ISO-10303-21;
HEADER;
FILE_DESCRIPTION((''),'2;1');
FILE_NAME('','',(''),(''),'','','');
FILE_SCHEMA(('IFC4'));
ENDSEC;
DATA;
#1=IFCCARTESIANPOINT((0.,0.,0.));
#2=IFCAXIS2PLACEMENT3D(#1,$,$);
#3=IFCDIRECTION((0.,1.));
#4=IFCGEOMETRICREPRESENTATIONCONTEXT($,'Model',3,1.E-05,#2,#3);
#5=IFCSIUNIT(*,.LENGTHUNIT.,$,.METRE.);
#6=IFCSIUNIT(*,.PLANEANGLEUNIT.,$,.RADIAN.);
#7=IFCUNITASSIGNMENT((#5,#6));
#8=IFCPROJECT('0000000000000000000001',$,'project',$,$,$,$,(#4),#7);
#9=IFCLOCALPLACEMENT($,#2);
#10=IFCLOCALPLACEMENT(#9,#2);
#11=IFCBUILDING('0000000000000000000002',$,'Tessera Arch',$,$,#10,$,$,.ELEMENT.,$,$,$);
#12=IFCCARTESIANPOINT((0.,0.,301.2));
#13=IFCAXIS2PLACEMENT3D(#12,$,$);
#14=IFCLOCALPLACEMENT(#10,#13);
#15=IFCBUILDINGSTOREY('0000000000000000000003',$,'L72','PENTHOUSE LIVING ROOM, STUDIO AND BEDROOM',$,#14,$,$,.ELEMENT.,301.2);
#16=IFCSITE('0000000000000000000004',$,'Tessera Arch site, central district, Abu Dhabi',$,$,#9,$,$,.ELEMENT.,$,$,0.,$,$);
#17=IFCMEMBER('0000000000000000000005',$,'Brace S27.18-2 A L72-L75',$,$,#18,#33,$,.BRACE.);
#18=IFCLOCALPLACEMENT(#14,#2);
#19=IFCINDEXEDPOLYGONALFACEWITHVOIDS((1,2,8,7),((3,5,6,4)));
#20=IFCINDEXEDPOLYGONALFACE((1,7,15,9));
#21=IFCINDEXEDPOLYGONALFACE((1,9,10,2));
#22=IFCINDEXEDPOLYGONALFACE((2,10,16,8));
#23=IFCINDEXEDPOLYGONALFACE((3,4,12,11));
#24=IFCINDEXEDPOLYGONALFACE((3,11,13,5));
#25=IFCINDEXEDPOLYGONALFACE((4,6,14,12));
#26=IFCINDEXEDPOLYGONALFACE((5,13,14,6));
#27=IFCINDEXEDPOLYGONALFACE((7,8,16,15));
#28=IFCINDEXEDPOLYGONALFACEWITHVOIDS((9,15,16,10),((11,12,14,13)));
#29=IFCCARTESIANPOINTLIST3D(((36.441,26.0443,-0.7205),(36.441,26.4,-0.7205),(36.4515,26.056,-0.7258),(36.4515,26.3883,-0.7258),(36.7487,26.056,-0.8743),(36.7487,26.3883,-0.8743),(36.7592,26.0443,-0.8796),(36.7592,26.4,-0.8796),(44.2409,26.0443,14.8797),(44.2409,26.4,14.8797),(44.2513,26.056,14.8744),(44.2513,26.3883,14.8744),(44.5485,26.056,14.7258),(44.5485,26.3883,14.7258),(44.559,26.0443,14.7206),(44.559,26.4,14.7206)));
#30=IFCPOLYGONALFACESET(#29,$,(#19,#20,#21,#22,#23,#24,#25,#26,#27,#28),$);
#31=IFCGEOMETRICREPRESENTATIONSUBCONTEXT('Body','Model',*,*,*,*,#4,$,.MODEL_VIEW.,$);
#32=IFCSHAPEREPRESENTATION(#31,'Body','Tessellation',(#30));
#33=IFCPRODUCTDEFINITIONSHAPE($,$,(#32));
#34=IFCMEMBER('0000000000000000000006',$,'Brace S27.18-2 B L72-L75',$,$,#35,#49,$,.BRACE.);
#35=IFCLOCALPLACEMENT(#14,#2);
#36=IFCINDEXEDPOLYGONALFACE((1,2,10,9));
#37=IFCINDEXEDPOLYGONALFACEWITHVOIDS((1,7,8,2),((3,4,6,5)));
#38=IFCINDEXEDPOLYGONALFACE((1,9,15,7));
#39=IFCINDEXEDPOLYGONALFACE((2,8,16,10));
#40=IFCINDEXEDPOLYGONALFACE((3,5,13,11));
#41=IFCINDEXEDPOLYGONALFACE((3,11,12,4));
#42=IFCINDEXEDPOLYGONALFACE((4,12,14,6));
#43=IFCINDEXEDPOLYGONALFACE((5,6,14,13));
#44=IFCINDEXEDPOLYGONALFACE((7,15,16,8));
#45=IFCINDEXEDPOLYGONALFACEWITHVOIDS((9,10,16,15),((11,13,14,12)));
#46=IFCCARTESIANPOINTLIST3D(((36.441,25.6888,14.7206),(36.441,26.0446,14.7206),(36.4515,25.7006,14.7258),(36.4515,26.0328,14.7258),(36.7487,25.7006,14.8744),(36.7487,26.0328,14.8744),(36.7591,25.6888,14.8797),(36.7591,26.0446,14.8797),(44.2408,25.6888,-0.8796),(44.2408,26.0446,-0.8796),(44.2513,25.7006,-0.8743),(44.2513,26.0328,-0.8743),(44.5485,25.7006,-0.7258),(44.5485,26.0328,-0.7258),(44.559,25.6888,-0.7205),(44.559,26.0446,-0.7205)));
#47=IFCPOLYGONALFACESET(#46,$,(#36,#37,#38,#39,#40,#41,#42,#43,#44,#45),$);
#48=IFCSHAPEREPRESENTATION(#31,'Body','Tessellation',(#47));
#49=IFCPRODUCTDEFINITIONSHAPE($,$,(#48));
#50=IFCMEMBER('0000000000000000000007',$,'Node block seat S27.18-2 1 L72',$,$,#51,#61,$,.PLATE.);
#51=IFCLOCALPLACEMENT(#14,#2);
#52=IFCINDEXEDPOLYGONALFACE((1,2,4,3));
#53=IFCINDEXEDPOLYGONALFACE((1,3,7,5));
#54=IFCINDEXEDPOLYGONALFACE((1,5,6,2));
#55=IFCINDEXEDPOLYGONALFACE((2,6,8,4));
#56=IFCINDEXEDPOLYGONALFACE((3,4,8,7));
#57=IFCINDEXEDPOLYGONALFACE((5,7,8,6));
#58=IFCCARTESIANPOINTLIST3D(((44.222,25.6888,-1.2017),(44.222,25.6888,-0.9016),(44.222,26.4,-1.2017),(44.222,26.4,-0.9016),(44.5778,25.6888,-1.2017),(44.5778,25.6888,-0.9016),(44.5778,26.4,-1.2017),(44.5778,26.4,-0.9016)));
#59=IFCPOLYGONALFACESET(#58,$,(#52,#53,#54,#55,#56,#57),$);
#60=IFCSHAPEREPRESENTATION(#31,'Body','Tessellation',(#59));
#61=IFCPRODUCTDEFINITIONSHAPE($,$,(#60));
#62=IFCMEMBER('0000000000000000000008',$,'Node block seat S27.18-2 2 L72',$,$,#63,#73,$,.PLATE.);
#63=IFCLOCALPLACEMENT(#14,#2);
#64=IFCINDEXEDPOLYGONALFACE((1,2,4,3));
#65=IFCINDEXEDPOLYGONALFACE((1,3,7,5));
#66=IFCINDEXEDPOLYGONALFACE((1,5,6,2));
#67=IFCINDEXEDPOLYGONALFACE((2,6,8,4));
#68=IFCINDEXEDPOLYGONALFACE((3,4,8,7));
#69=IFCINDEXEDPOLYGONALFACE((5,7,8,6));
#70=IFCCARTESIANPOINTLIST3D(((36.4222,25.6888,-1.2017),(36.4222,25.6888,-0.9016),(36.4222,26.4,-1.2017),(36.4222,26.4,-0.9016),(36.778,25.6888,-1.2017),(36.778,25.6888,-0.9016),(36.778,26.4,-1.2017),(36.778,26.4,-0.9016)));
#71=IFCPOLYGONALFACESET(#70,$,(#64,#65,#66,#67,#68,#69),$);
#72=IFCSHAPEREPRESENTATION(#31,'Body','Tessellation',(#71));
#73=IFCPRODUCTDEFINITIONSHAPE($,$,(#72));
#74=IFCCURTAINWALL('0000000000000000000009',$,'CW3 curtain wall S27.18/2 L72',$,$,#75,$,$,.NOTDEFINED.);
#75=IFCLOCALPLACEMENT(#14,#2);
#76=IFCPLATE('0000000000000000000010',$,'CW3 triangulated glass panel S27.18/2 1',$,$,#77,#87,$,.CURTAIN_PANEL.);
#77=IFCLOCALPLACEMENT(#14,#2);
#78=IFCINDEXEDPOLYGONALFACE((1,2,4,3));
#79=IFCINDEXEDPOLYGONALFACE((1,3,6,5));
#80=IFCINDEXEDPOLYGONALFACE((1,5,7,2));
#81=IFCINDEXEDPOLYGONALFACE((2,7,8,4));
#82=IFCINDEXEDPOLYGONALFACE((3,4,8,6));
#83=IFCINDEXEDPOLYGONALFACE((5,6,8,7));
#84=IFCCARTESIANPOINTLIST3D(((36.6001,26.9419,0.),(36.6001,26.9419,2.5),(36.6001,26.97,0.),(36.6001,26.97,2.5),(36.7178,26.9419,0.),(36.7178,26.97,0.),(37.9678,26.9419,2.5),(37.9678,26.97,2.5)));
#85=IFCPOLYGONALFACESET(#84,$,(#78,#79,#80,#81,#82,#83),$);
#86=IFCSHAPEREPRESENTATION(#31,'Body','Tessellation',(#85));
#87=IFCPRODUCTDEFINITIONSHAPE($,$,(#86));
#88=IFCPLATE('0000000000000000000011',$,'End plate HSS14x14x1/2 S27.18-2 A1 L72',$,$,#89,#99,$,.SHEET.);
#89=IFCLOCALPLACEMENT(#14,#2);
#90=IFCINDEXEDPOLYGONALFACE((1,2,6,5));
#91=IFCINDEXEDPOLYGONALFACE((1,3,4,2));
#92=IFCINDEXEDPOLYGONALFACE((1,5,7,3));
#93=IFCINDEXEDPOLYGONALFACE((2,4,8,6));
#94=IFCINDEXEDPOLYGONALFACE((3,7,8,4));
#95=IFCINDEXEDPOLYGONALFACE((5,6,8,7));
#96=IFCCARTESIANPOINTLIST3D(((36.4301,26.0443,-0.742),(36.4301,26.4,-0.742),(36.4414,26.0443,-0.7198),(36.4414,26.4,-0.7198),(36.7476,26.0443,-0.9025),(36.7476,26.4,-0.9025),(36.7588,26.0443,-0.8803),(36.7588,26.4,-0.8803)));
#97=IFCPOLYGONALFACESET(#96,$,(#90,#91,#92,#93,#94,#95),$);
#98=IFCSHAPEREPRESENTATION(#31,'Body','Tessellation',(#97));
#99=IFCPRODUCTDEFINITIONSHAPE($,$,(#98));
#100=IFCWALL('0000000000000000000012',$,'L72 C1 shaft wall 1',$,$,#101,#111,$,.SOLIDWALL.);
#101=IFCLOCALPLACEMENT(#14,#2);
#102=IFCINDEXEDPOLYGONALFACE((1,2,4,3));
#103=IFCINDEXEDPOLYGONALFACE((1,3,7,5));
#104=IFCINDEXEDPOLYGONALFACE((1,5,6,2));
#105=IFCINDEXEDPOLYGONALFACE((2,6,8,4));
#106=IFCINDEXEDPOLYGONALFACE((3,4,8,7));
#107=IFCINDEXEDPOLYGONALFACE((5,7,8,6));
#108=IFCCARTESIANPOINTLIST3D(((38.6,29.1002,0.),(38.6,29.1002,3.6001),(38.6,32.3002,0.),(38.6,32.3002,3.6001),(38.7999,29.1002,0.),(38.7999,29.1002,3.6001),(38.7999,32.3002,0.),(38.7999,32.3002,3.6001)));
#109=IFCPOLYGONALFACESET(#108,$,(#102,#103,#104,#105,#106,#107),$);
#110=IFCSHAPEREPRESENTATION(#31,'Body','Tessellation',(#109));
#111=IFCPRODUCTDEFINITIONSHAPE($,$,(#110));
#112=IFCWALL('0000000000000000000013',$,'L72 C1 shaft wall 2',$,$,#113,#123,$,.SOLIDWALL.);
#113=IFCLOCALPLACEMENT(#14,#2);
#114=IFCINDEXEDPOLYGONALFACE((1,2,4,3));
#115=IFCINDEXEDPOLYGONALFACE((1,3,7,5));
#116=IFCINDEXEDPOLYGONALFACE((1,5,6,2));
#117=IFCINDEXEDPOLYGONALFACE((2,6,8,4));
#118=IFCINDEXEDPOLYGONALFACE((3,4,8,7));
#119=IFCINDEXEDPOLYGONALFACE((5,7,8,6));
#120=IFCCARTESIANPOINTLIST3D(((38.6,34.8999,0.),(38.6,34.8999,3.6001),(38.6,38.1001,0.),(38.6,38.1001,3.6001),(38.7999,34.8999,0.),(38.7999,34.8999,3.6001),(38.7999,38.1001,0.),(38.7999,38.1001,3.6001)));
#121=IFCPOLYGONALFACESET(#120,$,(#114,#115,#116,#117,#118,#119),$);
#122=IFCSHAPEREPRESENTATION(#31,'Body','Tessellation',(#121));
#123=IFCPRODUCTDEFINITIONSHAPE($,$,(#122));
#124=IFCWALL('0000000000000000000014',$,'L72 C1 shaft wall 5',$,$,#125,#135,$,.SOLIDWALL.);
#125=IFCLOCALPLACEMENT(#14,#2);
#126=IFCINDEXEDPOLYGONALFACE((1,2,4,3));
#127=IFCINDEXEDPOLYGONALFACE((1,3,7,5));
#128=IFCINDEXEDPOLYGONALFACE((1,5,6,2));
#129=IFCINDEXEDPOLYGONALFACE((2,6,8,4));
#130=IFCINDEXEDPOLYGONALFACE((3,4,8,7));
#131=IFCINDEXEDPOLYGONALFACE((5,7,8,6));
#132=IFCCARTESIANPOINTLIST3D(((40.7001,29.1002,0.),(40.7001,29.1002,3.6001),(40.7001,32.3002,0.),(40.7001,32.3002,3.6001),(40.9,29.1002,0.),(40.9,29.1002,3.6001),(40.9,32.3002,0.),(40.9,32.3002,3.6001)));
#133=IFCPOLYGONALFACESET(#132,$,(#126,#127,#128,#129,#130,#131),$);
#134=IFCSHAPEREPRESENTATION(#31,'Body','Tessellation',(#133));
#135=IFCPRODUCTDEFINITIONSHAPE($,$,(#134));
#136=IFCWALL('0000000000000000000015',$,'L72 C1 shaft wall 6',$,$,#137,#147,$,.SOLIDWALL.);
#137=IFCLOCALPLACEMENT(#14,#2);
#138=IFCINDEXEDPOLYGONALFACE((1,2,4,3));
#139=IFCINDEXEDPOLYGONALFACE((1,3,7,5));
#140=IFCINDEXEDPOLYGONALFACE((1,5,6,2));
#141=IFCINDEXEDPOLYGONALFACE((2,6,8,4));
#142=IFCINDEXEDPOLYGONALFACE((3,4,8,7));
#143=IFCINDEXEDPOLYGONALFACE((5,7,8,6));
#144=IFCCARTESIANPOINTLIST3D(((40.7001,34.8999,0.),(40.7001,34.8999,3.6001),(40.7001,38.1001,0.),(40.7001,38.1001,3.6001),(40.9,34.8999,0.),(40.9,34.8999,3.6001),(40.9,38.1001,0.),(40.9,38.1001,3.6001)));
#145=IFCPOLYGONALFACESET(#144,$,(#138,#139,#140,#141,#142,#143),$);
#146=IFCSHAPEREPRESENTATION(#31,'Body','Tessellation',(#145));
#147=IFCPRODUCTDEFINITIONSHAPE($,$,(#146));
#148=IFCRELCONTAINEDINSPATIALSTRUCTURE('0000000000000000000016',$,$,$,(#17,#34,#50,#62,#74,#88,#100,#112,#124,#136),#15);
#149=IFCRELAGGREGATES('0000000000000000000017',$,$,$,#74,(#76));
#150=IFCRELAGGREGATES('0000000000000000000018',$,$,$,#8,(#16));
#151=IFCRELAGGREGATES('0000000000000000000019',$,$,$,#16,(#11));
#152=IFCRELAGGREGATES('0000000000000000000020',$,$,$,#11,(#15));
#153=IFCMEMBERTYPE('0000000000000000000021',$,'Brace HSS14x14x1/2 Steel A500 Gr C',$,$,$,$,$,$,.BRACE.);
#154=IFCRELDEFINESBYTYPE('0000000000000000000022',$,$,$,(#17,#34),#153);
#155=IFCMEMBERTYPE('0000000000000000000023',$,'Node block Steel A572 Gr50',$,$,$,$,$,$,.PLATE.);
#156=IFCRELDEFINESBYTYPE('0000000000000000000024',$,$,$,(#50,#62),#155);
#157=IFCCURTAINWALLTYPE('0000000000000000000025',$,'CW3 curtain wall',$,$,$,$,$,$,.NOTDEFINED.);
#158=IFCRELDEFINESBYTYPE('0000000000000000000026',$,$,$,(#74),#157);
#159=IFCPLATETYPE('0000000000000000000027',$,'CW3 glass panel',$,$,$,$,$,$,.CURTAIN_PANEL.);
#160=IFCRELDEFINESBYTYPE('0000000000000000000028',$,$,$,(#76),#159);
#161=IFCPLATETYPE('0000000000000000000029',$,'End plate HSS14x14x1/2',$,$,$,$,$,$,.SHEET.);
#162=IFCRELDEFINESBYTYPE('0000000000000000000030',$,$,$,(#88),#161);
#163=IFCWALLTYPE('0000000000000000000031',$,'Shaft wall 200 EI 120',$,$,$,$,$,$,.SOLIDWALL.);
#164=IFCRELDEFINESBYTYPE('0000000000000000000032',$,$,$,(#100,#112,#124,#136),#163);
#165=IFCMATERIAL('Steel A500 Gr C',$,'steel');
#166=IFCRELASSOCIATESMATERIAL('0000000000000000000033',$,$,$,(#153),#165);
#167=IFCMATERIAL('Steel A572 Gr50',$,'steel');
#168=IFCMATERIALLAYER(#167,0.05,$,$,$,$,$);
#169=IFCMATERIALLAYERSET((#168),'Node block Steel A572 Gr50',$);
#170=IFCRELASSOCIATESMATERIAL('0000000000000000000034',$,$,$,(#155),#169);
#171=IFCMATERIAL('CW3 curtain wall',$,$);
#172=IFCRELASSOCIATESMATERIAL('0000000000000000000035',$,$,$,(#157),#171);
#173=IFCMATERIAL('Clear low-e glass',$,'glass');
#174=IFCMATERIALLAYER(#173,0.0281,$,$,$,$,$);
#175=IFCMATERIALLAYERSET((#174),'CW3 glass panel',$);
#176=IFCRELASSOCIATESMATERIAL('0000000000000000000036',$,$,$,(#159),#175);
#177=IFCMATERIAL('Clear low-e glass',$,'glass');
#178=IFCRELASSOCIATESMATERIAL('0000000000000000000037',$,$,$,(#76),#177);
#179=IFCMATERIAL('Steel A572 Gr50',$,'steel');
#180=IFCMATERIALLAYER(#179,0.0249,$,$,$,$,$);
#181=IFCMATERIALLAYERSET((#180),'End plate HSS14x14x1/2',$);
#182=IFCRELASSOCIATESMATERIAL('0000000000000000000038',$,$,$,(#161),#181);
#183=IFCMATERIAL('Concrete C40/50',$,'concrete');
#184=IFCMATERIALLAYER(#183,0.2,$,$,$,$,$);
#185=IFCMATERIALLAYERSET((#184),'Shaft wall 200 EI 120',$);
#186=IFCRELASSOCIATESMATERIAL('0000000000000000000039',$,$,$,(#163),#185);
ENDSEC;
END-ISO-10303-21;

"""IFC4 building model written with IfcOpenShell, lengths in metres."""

from ifc_helpers import new_model, si_unit, direction, frame, frame_2d, origin, origin_2d, place, context, subcontext, project, spatial, polyline, rectangle, hollow_rectangle, outline, extrude, material, layer, layer_set, material_profile, profile_set, type_object, element, aggregate, save


model = new_model("IFC4")

# Units and contexts
model_context = context("Model", 3, precision=1e-05, world=origin(), true_north=direction((0.0, 1.0)))
body_context = subcontext(model_context, "Body", "Model", "MODEL_VIEW")
ifc_project = project(units=[si_unit("LENGTHUNIT", "METRE"), si_unit("PLANEANGLEUNIT", "RADIAN")], contexts=[model_context])

# Site, building, storey
site_placement = place(None, origin())
site = spatial("IfcSite", under=ifc_project, at=site_placement, Name="Tessera Arch site, central district, Abu Dhabi", CompositionType="ELEMENT", RefElevation=0.0)
building_placement = place(site_placement, origin())
building = spatial("IfcBuilding", under=site, at=building_placement, Name="Tessera Arch", CompositionType="ELEMENT")
storey_placement = place(building_placement, frame((0.0, 0.0, 301.2)))
storey = spatial("IfcBuildingStorey", under=building, at=storey_placement, Name="L72", Description="PENTHOUSE LIVING ROOM, STUDIO AND BEDROOM", CompositionType="ELEMENT", Elevation=301.2)

# Members
ifc_material_1 = material(Name="Steel A500 Gr C", Category="steel")
ifc_material_profile = material_profile(ifc_material_1, hollow_rectangle(XDim=0.3557, YDim=0.3557, WallThickness=0.0117, at=origin_2d()), Name="HSS14x14x1/2")
ifc_profile_set = profile_set([ifc_material_profile], Name="Steel A500 Gr C")
member_type_1 = type_object("IfcMemberType", Name="Brace HSS14x14x1/2 Steel A500 Gr C", PredefinedType="BRACE", material=ifc_profile_set)
for number, where, z_axis, x_axis, name in (
    (1, (36.6001, 26.2222, -0.8), (0.447202, 0.0, 0.894433), (0.0, 1.0, 0.0), "Brace S27.18-2 A L72-L75"),
    (2, (44.3999, 25.8667, -0.8), (-0.447202, 0.0, 0.894433), (0.0, -1.0, 0.0), "Brace S27.18-2 B L72-L75"),
):
    element("IfcMember", number, at=place(storey_placement, frame(where, z_axis=z_axis, x_axis=x_axis)), inside=storey, type_object=member_type_1, Name=name, PredefinedType="BRACE", context=body_context, shape_type="SweptSolid", body=[
        extrude(hollow_rectangle(XDim=0.3557, YDim=0.3557, WallThickness=0.0117, at=origin_2d()), origin(), (0.0, 0.0, 1.0), 17.4414),
    ])
ifc_material_2 = material(Name="Steel A572 Gr50", Category="steel")
ifc_layer_1 = layer(ifc_material_2, 0.05)
ifc_layer_set_1 = layer_set([ifc_layer_1], Name="Node block Steel A572 Gr50")
member_type_2 = type_object("IfcMemberType", Name="Node block Steel A572 Gr50", PredefinedType="PLATE", material=ifc_layer_set_1)
for number, where, z_axis, x_axis, name in (
    (3, (44.3999, 26.0444, -1.2017), (0.0, 0.0, 1.0), (1.0, 0.0, 0.0), "Node block seat S27.18-2 1 L72"),
    (4, (36.6001, 26.0444, -1.2017), (0.0, 0.0, 1.0), (1.0, 0.0, 0.0), "Node block seat S27.18-2 2 L72"),
):
    element("IfcMember", number, at=place(storey_placement, frame(where, z_axis=z_axis, x_axis=x_axis)), inside=storey, type_object=member_type_2, Name=name, PredefinedType="PLATE", context=body_context, shape_type="SweptSolid", body=[
        extrude(rectangle(XDim=0.3557, YDim=0.7112, at=origin_2d()), origin(), (0.0, 0.0, 1.0), 0.3),
    ])

# Curtain wall, plate
ifc_material_3 = material(Name="CW3 curtain wall")
curtain_wall_type = type_object("IfcCurtainWallType", Name="CW3 curtain wall", PredefinedType="NOTDEFINED", material=ifc_material_3)
curtain_wall_placement = place(storey_placement, origin())
curtain_wall = element("IfcCurtainWall", 5, at=curtain_wall_placement, inside=storey, type_object=curtain_wall_type, Name="CW3 curtain wall S27.18/2 L72", PredefinedType="NOTDEFINED")
ifc_material_4 = material(Name="Clear low-e glass", Category="glass")
ifc_material_5 = material(Name="Clear low-e glass", Category="glass")
ifc_layer_2 = layer(ifc_material_5, 0.0281)
ifc_layer_set_2 = layer_set([ifc_layer_2], Name="CW3 glass panel")
plate_type_1 = type_object("IfcPlateType", Name="CW3 glass panel", PredefinedType="CURTAIN_PANEL", material=ifc_layer_set_2)
plate_1_placement = place(storey_placement, frame((36.6001, 26.9419, 0.0), z_axis=(0.0, -1.0, 0.0), x_axis=(1.0, 0.0, 0.0)))
plate_1 = element("IfcPlate", 6, at=plate_1_placement, type_object=plate_type_1, material=ifc_material_4, Name="CW3 triangulated glass panel S27.18/2 1", PredefinedType="CURTAIN_PANEL", context=body_context, shape_type="SweptSolid", body=[
    extrude(outline(polyline([(0.0, 0.0), (0.1177, 0.0), (1.3677, 2.5), (0.0, 2.5), (0.0, 0.0)])), origin(), (0.0, 0.0, -1.0), 0.0281),
])
aggregate(curtain_wall, [plate_1])

# Plate
ifc_material_6 = material(Name="Steel A572 Gr50", Category="steel")
ifc_layer_3 = layer(ifc_material_6, 0.0249)
ifc_layer_set_3 = layer_set([ifc_layer_3], Name="End plate HSS14x14x1/2")
plate_type_2 = type_object("IfcPlateType", Name="End plate HSS14x14x1/2", PredefinedType="SHEET", material=ifc_layer_set_3)
plate_2_placement = place(storey_placement, frame((36.5889, 26.2222, -0.8223), z_axis=(0.451132, 0.0, 0.892457), x_axis=(0.0, 1.0, 0.0)))
element("IfcPlate", 7, at=plate_2_placement, inside=storey, type_object=plate_type_2, Name="End plate HSS14x14x1/2 S27.18-2 A1 L72", PredefinedType="SHEET", context=body_context, shape_type="SweptSolid", body=[
    extrude(rectangle(XDim=0.3557, YDim=0.3557, at=origin_2d()), origin(), (0.0, 0.0, 1.0), 0.0249),
])

# Walls
ifc_material_7 = material(Name="Concrete C40/50", Category="concrete")
ifc_layer_4 = layer(ifc_material_7, 0.2)
ifc_layer_set_4 = layer_set([ifc_layer_4], Name="Shaft wall 200 EI 120")
wall_type = type_object("IfcWallType", Name="Shaft wall 200 EI 120", PredefinedType="SOLIDWALL", material=ifc_layer_set_4)
wall_1_placement = place(storey_placement, frame((38.7, 29.1001, 0.0), z_axis=(0.0, 0.0, 1.0), x_axis=(0.0, 1.0, 0.0)))
element("IfcWall", 8, at=wall_1_placement, inside=storey, type_object=wall_type, Name="L72 C1 shaft wall 1", PredefinedType="SOLIDWALL", context=body_context, shape_type="SweptSolid", body=[
    extrude(rectangle(XDim=3.2, YDim=0.2, at=frame_2d((1.6001, 0.0))), origin(), (0.0, 0.0, 1.0), 3.6001),
])
wall_2_placement = place(storey_placement, frame((38.7, 34.8999, 0.0), z_axis=(0.0, 0.0, 1.0), x_axis=(0.0, 1.0, 0.0)))
element("IfcWall", 9, at=wall_2_placement, inside=storey, type_object=wall_type, Name="L72 C1 shaft wall 2", PredefinedType="SOLIDWALL", context=body_context, shape_type="SweptSolid", body=[
    extrude(rectangle(XDim=3.2002, YDim=0.2, at=frame_2d((1.6001, 0.0))), origin(), (0.0, 0.0, 1.0), 3.6001),
])
wall_3_placement = place(storey_placement, frame((40.8, 29.1001, 0.0), z_axis=(0.0, 0.0, 1.0), x_axis=(0.0, 1.0, 0.0)))
element("IfcWall", 10, at=wall_3_placement, inside=storey, type_object=wall_type, Name="L72 C1 shaft wall 5", PredefinedType="SOLIDWALL", context=body_context, shape_type="SweptSolid", body=[
    extrude(rectangle(XDim=3.2, YDim=0.2, at=frame_2d((1.6001, 0.0))), origin(), (0.0, 0.0, 1.0), 3.6001),
])
wall_4_placement = place(storey_placement, frame((40.8, 34.8999, 0.0), z_axis=(0.0, 0.0, 1.0), x_axis=(0.0, 1.0, 0.0)))
element("IfcWall", 11, at=wall_4_placement, inside=storey, type_object=wall_type, Name="L72 C1 shaft wall 6", PredefinedType="SOLIDWALL", context=body_context, shape_type="SweptSolid", body=[
    extrude(rectangle(XDim=3.2002, YDim=0.2, at=frame_2d((1.6001, 0.0))), origin(), (0.0, 0.0, 1.0), 3.6001),
])

save(model, "model.ifc")
